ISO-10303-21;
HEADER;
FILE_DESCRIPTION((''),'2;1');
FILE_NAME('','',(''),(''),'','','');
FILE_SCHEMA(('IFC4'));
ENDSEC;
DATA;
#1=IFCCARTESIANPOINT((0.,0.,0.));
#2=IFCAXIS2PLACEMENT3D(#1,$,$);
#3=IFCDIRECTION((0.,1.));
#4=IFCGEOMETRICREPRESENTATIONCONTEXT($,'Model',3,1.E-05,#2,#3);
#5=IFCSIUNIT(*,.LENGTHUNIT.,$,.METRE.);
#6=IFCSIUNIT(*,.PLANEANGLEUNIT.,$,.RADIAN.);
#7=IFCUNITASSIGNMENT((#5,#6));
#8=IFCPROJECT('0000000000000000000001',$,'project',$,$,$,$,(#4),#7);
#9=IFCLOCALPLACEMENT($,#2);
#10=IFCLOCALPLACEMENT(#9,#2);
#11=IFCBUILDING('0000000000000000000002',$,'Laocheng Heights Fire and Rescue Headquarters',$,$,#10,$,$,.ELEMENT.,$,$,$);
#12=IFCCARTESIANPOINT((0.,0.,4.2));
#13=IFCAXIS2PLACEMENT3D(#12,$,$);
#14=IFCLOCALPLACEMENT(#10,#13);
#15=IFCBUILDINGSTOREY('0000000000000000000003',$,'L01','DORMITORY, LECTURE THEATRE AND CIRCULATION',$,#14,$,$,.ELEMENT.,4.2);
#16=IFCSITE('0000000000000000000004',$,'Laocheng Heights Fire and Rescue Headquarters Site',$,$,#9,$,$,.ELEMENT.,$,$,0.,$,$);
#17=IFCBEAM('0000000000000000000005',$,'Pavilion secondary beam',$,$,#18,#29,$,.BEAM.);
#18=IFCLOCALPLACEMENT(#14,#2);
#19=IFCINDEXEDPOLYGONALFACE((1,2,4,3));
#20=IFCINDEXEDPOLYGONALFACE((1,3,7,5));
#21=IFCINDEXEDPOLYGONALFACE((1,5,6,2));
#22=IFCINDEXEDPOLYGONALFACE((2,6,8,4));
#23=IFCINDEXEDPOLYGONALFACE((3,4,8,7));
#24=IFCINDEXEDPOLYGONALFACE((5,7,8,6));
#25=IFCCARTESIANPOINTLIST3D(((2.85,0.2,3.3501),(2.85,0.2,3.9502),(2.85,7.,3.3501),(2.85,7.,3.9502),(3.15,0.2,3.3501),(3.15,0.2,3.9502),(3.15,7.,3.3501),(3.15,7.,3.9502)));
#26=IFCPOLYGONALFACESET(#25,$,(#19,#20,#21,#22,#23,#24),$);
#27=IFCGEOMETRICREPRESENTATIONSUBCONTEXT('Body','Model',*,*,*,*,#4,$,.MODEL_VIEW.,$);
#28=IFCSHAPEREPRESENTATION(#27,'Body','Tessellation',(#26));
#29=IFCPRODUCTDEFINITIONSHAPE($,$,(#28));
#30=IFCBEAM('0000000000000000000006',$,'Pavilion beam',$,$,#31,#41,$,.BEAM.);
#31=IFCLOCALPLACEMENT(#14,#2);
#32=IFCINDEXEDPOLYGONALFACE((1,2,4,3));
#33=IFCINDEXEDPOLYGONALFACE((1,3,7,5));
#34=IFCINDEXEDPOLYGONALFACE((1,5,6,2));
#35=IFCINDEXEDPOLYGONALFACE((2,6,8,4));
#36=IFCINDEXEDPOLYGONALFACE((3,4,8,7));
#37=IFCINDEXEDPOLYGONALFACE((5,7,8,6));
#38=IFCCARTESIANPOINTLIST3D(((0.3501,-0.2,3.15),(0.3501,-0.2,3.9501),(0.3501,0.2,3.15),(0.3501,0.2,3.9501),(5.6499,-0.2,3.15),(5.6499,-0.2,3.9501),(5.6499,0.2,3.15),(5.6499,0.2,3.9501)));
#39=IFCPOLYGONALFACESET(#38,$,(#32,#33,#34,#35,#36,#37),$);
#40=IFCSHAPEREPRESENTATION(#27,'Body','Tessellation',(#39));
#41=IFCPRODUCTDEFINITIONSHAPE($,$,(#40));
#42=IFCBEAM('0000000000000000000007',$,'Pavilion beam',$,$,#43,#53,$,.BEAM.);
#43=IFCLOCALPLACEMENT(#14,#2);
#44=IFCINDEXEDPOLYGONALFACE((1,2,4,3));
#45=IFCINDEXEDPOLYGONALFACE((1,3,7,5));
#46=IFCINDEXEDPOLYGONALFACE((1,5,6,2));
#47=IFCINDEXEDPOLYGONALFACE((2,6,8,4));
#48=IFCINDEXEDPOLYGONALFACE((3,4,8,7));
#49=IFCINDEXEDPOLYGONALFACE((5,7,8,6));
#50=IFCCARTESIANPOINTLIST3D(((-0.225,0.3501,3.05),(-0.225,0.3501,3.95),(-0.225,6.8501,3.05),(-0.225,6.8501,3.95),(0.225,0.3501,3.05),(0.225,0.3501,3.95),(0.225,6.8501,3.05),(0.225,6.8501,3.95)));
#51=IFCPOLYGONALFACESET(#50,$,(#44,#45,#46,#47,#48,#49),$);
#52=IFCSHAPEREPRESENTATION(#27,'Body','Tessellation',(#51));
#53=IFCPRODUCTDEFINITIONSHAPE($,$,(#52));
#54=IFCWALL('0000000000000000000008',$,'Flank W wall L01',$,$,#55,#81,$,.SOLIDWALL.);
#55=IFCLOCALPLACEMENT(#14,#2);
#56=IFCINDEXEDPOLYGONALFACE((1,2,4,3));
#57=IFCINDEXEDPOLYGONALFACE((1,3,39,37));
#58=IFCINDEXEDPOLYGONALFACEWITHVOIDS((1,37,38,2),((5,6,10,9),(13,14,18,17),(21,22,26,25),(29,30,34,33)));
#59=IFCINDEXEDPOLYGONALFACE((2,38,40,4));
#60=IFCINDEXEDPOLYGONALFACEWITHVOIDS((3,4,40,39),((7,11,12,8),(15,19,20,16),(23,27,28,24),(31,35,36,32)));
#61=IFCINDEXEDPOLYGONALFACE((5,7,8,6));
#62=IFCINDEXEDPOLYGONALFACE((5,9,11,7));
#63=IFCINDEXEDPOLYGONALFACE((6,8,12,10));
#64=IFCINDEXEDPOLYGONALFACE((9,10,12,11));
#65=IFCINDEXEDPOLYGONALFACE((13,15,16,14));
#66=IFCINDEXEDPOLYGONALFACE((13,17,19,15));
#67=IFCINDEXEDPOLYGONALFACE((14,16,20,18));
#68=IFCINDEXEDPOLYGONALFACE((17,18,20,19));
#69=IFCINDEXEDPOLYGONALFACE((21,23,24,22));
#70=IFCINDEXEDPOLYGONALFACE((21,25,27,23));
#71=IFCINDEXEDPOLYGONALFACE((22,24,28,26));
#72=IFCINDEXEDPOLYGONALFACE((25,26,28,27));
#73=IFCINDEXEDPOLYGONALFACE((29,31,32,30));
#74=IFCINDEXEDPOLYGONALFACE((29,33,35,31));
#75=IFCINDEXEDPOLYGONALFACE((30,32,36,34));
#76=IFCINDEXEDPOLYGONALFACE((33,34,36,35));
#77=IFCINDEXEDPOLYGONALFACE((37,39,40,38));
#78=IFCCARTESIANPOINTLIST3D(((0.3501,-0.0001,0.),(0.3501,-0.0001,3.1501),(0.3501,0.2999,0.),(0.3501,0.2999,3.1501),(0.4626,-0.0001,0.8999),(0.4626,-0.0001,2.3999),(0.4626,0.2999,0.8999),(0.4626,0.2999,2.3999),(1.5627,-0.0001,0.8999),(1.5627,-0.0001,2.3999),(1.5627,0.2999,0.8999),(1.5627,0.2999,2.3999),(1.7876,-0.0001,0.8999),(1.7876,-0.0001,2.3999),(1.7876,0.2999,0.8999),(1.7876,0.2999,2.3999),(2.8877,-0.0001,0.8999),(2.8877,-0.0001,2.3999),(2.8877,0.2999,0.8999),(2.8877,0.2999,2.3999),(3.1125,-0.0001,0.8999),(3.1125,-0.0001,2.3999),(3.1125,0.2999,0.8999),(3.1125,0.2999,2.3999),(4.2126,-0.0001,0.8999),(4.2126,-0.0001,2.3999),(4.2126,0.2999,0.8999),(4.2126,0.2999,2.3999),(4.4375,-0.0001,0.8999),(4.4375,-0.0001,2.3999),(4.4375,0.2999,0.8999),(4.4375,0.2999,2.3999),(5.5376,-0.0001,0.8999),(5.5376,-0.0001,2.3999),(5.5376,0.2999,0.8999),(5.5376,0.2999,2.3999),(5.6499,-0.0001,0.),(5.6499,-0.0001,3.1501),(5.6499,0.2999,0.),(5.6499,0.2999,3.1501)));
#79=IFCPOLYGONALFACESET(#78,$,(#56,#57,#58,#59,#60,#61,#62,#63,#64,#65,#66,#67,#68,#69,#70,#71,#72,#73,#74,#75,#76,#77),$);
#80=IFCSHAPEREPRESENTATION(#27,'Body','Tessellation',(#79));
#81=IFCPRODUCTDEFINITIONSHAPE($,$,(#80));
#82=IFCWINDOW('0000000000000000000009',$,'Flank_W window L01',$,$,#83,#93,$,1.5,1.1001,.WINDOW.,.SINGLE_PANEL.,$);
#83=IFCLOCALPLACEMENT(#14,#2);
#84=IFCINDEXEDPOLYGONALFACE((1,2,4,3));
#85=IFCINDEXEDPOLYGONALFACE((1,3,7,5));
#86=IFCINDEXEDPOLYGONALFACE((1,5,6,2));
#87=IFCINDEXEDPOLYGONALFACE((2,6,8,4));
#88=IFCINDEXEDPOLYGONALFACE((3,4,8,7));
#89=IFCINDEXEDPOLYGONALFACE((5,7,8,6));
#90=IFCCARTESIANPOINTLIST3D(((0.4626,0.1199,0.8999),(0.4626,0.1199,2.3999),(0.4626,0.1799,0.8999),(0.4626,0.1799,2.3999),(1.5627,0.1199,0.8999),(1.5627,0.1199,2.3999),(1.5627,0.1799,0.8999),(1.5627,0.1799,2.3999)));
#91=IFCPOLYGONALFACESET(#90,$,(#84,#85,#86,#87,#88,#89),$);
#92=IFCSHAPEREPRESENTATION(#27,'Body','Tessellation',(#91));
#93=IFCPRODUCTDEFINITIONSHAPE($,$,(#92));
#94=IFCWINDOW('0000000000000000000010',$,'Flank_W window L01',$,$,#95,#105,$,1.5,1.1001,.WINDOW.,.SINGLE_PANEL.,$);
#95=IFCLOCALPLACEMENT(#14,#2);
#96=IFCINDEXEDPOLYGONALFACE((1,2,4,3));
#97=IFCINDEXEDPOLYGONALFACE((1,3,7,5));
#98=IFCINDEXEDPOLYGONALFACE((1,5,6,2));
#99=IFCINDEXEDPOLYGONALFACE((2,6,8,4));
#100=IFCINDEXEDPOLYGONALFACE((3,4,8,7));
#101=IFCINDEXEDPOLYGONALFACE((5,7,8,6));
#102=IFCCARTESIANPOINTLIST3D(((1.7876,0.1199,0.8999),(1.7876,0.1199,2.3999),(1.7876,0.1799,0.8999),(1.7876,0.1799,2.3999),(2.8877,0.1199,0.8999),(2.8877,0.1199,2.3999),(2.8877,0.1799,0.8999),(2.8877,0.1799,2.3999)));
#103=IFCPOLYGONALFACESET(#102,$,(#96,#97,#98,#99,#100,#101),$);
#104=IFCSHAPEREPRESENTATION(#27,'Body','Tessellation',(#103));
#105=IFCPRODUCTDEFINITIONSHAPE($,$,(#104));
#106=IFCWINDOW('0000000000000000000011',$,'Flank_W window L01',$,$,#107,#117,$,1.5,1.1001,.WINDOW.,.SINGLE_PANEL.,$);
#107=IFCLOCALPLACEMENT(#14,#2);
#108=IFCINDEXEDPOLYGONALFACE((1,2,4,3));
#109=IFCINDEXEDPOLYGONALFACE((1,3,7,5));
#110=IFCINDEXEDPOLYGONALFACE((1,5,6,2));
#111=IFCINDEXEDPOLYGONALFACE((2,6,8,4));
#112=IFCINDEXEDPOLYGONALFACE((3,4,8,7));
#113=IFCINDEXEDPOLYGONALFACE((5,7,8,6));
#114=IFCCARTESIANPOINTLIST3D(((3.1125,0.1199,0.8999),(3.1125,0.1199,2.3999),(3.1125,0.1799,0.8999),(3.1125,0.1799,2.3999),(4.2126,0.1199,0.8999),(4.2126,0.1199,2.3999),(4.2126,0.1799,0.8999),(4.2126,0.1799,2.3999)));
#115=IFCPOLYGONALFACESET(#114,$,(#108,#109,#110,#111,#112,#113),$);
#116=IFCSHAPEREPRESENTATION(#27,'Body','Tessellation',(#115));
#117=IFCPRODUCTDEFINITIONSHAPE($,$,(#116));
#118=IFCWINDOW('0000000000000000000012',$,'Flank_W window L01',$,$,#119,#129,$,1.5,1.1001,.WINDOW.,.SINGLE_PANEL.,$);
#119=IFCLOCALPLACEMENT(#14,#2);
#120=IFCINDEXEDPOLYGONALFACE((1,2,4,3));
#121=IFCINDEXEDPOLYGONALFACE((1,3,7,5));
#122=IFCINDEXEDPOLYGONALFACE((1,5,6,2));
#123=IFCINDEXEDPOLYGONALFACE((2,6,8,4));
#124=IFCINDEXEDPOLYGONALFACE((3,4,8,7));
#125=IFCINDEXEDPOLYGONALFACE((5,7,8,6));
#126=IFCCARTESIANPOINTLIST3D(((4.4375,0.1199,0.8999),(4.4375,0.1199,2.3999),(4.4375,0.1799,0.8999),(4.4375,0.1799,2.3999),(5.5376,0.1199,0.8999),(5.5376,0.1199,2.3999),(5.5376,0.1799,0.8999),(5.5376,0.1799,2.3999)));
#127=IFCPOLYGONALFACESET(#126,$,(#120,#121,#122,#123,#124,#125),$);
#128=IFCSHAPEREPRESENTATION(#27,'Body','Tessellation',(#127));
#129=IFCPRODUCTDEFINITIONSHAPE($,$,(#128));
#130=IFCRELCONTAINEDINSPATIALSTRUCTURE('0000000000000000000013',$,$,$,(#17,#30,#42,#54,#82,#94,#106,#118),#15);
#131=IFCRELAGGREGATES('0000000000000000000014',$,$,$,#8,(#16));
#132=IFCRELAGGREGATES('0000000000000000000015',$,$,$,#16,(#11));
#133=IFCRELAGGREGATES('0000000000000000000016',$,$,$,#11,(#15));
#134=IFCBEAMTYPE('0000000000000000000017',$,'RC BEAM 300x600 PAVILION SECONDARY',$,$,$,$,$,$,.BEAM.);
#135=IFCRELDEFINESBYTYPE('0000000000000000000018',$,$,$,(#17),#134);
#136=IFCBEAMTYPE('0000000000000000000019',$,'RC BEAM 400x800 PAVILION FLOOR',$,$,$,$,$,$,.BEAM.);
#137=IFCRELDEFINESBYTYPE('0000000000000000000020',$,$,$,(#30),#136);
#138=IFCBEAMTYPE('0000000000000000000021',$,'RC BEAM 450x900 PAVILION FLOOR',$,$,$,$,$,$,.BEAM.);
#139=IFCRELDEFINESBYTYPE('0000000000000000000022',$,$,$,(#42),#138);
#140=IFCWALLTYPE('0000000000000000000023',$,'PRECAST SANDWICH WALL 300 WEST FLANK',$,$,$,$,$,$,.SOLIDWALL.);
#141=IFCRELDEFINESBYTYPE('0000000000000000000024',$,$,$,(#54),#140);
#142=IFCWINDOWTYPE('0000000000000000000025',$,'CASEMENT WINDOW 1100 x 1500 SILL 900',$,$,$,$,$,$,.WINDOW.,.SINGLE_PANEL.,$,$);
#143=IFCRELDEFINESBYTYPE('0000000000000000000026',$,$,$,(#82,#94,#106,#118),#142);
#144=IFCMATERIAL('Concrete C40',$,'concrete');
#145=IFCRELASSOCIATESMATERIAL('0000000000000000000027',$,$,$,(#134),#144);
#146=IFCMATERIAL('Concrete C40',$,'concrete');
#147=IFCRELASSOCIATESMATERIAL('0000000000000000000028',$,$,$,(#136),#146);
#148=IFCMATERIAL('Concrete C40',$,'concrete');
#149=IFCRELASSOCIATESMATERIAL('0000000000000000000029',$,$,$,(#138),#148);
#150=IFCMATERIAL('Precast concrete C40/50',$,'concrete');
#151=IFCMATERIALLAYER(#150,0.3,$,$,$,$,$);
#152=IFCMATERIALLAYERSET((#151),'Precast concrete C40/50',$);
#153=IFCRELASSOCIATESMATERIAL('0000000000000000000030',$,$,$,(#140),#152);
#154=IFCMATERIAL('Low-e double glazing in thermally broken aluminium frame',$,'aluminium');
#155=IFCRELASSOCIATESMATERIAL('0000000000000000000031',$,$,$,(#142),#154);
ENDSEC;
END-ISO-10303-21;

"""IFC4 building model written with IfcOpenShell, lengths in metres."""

from ifc_helpers import new_model, si_unit, direction, frame, frame_2d, origin, origin_2d, place, context, subcontext, project, spatial, rectangle, extrude, material, layer, layer_set, material_profile, profile_set, type_object, element, fill, save


model = new_model("IFC4")

# Units and contexts
model_context = context("Model", 3, precision=1e-05, world=origin(), true_north=direction((0.0, 1.0)))
body_context = subcontext(model_context, "Body", "Model", "MODEL_VIEW")
ifc_project = project(units=[si_unit("LENGTHUNIT", "METRE"), si_unit("PLANEANGLEUNIT", "RADIAN")], contexts=[model_context])

# Site, building, storey
site_placement = place(None, origin())
site = spatial("IfcSite", under=ifc_project, at=site_placement, Name="Laocheng Heights Fire and Rescue Headquarters Site", CompositionType="ELEMENT", RefElevation=0.0)
building_placement = place(site_placement, origin())
building = spatial("IfcBuilding", under=site, at=building_placement, Name="Laocheng Heights Fire and Rescue Headquarters", CompositionType="ELEMENT")
storey_placement = place(building_placement, frame((0.0, 0.0, 4.2)))
storey = spatial("IfcBuildingStorey", under=building, at=storey_placement, Name="L01", Description="DORMITORY, LECTURE THEATRE AND CIRCULATION", CompositionType="ELEMENT", Elevation=4.2)

# Beams
ifc_material_1 = material(Name="Concrete C40", Category="concrete")
ifc_material_profile_1 = material_profile(ifc_material_1, rectangle(XDim=0.3, YDim=0.6001, at=origin_2d()), Name="RC BEAM 300x600 PAVILION SECONDARY")
ifc_profile_set_1 = profile_set([ifc_material_profile_1], Name="Concrete C40")
beam_type_1 = type_object("IfcBeamType", Name="RC BEAM 300x600 PAVILION SECONDARY", PredefinedType="BEAM", material=ifc_profile_set_1)
beam_1_placement = place(storey_placement, frame((3.0, 0.2, 3.6501), z_axis=(0.0, 1.0, 0.0), x_axis=(-1.0, 0.0, 0.0)))
element("IfcBeam", 1, at=beam_1_placement, inside=storey, type_object=beam_type_1, Name="Pavilion secondary beam", PredefinedType="BEAM", context=body_context, shape_type="SweptSolid", body=[
    extrude(rectangle(XDim=0.3, YDim=0.6001, at=origin_2d()), origin(), (0.0, 0.0, 1.0), 6.8),
])
ifc_material_2 = material(Name="Concrete C40", Category="concrete")
ifc_material_profile_2 = material_profile(ifc_material_2, rectangle(XDim=0.3999, YDim=0.8, at=origin_2d()), Name="RC BEAM 400x800 PAVILION FLOOR")
ifc_profile_set_2 = profile_set([ifc_material_profile_2], Name="Concrete C40")
beam_type_2 = type_object("IfcBeamType", Name="RC BEAM 400x800 PAVILION FLOOR", PredefinedType="BEAM", material=ifc_profile_set_2)
beam_2_placement = place(storey_placement, frame((0.3501, 0.0, 3.55), z_axis=(1.0, 0.0, 0.0), x_axis=(0.0, 1.0, 0.0)))
element("IfcBeam", 2, at=beam_2_placement, inside=storey, type_object=beam_type_2, Name="Pavilion beam", PredefinedType="BEAM", context=body_context, shape_type="SweptSolid", body=[
    extrude(rectangle(XDim=0.3999, YDim=0.8, at=origin_2d()), origin(), (0.0, 0.0, 1.0), 5.2998),
])
ifc_material_3 = material(Name="Concrete C40", Category="concrete")
ifc_material_profile_3 = material_profile(ifc_material_3, rectangle(XDim=0.45, YDim=0.8999, at=origin_2d()), Name="RC BEAM 450x900 PAVILION FLOOR")
ifc_profile_set_3 = profile_set([ifc_material_profile_3], Name="Concrete C40")
beam_type_3 = type_object("IfcBeamType", Name="RC BEAM 450x900 PAVILION FLOOR", PredefinedType="BEAM", material=ifc_profile_set_3)
beam_3_placement = place(storey_placement, frame((0.0, 0.3501, 3.5), z_axis=(0.0, 1.0, 0.0), x_axis=(-1.0, 0.0, 0.0)))
element("IfcBeam", 3, at=beam_3_placement, inside=storey, type_object=beam_type_3, Name="Pavilion beam", PredefinedType="BEAM", context=body_context, shape_type="SweptSolid", body=[
    extrude(rectangle(XDim=0.45, YDim=0.8999, at=origin_2d()), origin(), (0.0, 0.0, 1.0), 6.5),
])

# Wall, openings, windows
ifc_material_4 = material(Name="Precast concrete C40/50", Category="concrete")
ifc_layer_1 = layer(ifc_material_4, 0.3)
ifc_layer_set_1 = layer_set([ifc_layer_1], Name="Precast concrete C40/50")
wall_type = type_object("IfcWallType", Name="PRECAST SANDWICH WALL 300 WEST FLANK", PredefinedType="SOLIDWALL", material=ifc_layer_set_1)
wall_1_placement = place(storey_placement, frame((0.3501, 0.1499, 0.0), z_axis=(0.0, 0.0, 1.0), x_axis=(1.0, 0.0, 0.0)))
wall_1 = element("IfcWall", 4, at=wall_1_placement, inside=storey, type_object=wall_type, Name="Flank W wall L01", PredefinedType="SOLIDWALL", context=body_context, shape_type="SweptSolid", body=[
    extrude(rectangle(XDim=5.2998, YDim=0.3, at=frame_2d((2.6499, 0.0))), origin(), (0.0, 0.0, 1.0), 3.1501),
])
opening_1_placement = place(wall_1_placement, frame((0.1125, 0.0, 0.8999)))
opening_1 = element("IfcOpeningElement", 5, at=opening_1_placement, cuts=wall_1, PredefinedType="OPENING", context=body_context, shape_type="SweptSolid", body=[
    extrude(rectangle(XDim=1.1001, YDim=1.5, at=frame_2d((0.55, 0.75))), frame((0.0, 0.1599, 0.0), z_axis=(0.0, -1.0, 0.0), x_axis=(1.0, 0.0, 0.0)), (0.0, 0.0, 1.0), 0.3201),
])
opening_2_placement = place(wall_1_placement, frame((1.4375, 0.0, 0.8999)))
opening_2 = element("IfcOpeningElement", 6, at=opening_2_placement, cuts=wall_1, PredefinedType="OPENING", context=body_context, shape_type="SweptSolid", body=[
    extrude(rectangle(XDim=1.1001, YDim=1.5, at=frame_2d((0.55, 0.75))), frame((0.0, 0.1599, 0.0), z_axis=(0.0, -1.0, 0.0), x_axis=(1.0, 0.0, 0.0)), (0.0, 0.0, 1.0), 0.3201),
])
opening_3_placement = place(wall_1_placement, frame((2.7625, 0.0, 0.8999)))
opening_3 = element("IfcOpeningElement", 7, at=opening_3_placement, cuts=wall_1, PredefinedType="OPENING", context=body_context, shape_type="SweptSolid", body=[
    extrude(rectangle(XDim=1.1001, YDim=1.5, at=frame_2d((0.55, 0.75))), frame((0.0, 0.1599, 0.0), z_axis=(0.0, -1.0, 0.0), x_axis=(1.0, 0.0, 0.0)), (0.0, 0.0, 1.0), 0.3201),
])
opening_4_placement = place(wall_1_placement, frame((4.0874, 0.0, 0.8999)))
opening_4 = element("IfcOpeningElement", 8, at=opening_4_placement, cuts=wall_1, PredefinedType="OPENING", context=body_context, shape_type="SweptSolid", body=[
    extrude(rectangle(XDim=1.1001, YDim=1.5, at=frame_2d((0.55, 0.75))), frame((0.0, 0.1599, 0.0), z_axis=(0.0, -1.0, 0.0), x_axis=(1.0, 0.0, 0.0)), (0.0, 0.0, 1.0), 0.3201),
])
ifc_material_5 = material(Name="Low-e double glazing in thermally broken aluminium frame", Category="aluminium")
window_type = type_object("IfcWindowType", Name="CASEMENT WINDOW 1100 x 1500 SILL 900", PartitioningType="SINGLE_PANEL", PredefinedType="WINDOW", material=ifc_material_5)
window_1_placement = place(opening_1_placement, origin())
window_1 = element("IfcWindow", 9, at=window_1_placement, inside=storey, type_object=window_type, Name="Flank_W window L01", OverallHeight=1.5, OverallWidth=1.1001, PartitioningType="SINGLE_PANEL", PredefinedType="WINDOW", context=body_context, shape_type="SweptSolid", body=[
    extrude(rectangle(XDim=1.1001, YDim=1.5, at=frame_2d((0.55, 0.75))), frame((0.0, 0.03, 0.0), z_axis=(0.0, -1.0, 0.0), x_axis=(1.0, 0.0, 0.0)), (0.0, 0.0, 1.0), 0.0601),
])
fill(opening_1, window_1)
window_2_placement = place(opening_2_placement, origin())
window_2 = element("IfcWindow", 10, at=window_2_placement, inside=storey, type_object=window_type, Name="Flank_W window L01", OverallHeight=1.5, OverallWidth=1.1001, PartitioningType="SINGLE_PANEL", PredefinedType="WINDOW", context=body_context, shape_type="SweptSolid", body=[
    extrude(rectangle(XDim=1.1001, YDim=1.5, at=frame_2d((0.55, 0.75))), frame((0.0, 0.03, 0.0), z_axis=(0.0, -1.0, 0.0), x_axis=(1.0, 0.0, 0.0)), (0.0, 0.0, 1.0), 0.0601),
])
fill(opening_2, window_2)
window_3_placement = place(opening_3_placement, origin())
window_3 = element("IfcWindow", 11, at=window_3_placement, inside=storey, type_object=window_type, Name="Flank_W window L01", OverallHeight=1.5, OverallWidth=1.1001, PartitioningType="SINGLE_PANEL", PredefinedType="WINDOW", context=body_context, shape_type="SweptSolid", body=[
    extrude(rectangle(XDim=1.1001, YDim=1.5, at=frame_2d((0.55, 0.75))), frame((0.0, 0.03, 0.0), z_axis=(0.0, -1.0, 0.0), x_axis=(1.0, 0.0, 0.0)), (0.0, 0.0, 1.0), 0.0601),
])
fill(opening_3, window_3)
window_4_placement = place(opening_4_placement, origin())
window_4 = element("IfcWindow", 12, at=window_4_placement, inside=storey, type_object=window_type, Name="Flank_W window L01", OverallHeight=1.5, OverallWidth=1.1001, PartitioningType="SINGLE_PANEL", PredefinedType="WINDOW", context=body_context, shape_type="SweptSolid", body=[
    extrude(rectangle(XDim=1.1001, YDim=1.5, at=frame_2d((0.55, 0.75))), frame((0.0, 0.03, 0.0), z_axis=(0.0, -1.0, 0.0), x_axis=(1.0, 0.0, 0.0)), (0.0, 0.0, 1.0), 0.0601),
])
fill(opening_4, window_4)

save(model, "model.ifc")
